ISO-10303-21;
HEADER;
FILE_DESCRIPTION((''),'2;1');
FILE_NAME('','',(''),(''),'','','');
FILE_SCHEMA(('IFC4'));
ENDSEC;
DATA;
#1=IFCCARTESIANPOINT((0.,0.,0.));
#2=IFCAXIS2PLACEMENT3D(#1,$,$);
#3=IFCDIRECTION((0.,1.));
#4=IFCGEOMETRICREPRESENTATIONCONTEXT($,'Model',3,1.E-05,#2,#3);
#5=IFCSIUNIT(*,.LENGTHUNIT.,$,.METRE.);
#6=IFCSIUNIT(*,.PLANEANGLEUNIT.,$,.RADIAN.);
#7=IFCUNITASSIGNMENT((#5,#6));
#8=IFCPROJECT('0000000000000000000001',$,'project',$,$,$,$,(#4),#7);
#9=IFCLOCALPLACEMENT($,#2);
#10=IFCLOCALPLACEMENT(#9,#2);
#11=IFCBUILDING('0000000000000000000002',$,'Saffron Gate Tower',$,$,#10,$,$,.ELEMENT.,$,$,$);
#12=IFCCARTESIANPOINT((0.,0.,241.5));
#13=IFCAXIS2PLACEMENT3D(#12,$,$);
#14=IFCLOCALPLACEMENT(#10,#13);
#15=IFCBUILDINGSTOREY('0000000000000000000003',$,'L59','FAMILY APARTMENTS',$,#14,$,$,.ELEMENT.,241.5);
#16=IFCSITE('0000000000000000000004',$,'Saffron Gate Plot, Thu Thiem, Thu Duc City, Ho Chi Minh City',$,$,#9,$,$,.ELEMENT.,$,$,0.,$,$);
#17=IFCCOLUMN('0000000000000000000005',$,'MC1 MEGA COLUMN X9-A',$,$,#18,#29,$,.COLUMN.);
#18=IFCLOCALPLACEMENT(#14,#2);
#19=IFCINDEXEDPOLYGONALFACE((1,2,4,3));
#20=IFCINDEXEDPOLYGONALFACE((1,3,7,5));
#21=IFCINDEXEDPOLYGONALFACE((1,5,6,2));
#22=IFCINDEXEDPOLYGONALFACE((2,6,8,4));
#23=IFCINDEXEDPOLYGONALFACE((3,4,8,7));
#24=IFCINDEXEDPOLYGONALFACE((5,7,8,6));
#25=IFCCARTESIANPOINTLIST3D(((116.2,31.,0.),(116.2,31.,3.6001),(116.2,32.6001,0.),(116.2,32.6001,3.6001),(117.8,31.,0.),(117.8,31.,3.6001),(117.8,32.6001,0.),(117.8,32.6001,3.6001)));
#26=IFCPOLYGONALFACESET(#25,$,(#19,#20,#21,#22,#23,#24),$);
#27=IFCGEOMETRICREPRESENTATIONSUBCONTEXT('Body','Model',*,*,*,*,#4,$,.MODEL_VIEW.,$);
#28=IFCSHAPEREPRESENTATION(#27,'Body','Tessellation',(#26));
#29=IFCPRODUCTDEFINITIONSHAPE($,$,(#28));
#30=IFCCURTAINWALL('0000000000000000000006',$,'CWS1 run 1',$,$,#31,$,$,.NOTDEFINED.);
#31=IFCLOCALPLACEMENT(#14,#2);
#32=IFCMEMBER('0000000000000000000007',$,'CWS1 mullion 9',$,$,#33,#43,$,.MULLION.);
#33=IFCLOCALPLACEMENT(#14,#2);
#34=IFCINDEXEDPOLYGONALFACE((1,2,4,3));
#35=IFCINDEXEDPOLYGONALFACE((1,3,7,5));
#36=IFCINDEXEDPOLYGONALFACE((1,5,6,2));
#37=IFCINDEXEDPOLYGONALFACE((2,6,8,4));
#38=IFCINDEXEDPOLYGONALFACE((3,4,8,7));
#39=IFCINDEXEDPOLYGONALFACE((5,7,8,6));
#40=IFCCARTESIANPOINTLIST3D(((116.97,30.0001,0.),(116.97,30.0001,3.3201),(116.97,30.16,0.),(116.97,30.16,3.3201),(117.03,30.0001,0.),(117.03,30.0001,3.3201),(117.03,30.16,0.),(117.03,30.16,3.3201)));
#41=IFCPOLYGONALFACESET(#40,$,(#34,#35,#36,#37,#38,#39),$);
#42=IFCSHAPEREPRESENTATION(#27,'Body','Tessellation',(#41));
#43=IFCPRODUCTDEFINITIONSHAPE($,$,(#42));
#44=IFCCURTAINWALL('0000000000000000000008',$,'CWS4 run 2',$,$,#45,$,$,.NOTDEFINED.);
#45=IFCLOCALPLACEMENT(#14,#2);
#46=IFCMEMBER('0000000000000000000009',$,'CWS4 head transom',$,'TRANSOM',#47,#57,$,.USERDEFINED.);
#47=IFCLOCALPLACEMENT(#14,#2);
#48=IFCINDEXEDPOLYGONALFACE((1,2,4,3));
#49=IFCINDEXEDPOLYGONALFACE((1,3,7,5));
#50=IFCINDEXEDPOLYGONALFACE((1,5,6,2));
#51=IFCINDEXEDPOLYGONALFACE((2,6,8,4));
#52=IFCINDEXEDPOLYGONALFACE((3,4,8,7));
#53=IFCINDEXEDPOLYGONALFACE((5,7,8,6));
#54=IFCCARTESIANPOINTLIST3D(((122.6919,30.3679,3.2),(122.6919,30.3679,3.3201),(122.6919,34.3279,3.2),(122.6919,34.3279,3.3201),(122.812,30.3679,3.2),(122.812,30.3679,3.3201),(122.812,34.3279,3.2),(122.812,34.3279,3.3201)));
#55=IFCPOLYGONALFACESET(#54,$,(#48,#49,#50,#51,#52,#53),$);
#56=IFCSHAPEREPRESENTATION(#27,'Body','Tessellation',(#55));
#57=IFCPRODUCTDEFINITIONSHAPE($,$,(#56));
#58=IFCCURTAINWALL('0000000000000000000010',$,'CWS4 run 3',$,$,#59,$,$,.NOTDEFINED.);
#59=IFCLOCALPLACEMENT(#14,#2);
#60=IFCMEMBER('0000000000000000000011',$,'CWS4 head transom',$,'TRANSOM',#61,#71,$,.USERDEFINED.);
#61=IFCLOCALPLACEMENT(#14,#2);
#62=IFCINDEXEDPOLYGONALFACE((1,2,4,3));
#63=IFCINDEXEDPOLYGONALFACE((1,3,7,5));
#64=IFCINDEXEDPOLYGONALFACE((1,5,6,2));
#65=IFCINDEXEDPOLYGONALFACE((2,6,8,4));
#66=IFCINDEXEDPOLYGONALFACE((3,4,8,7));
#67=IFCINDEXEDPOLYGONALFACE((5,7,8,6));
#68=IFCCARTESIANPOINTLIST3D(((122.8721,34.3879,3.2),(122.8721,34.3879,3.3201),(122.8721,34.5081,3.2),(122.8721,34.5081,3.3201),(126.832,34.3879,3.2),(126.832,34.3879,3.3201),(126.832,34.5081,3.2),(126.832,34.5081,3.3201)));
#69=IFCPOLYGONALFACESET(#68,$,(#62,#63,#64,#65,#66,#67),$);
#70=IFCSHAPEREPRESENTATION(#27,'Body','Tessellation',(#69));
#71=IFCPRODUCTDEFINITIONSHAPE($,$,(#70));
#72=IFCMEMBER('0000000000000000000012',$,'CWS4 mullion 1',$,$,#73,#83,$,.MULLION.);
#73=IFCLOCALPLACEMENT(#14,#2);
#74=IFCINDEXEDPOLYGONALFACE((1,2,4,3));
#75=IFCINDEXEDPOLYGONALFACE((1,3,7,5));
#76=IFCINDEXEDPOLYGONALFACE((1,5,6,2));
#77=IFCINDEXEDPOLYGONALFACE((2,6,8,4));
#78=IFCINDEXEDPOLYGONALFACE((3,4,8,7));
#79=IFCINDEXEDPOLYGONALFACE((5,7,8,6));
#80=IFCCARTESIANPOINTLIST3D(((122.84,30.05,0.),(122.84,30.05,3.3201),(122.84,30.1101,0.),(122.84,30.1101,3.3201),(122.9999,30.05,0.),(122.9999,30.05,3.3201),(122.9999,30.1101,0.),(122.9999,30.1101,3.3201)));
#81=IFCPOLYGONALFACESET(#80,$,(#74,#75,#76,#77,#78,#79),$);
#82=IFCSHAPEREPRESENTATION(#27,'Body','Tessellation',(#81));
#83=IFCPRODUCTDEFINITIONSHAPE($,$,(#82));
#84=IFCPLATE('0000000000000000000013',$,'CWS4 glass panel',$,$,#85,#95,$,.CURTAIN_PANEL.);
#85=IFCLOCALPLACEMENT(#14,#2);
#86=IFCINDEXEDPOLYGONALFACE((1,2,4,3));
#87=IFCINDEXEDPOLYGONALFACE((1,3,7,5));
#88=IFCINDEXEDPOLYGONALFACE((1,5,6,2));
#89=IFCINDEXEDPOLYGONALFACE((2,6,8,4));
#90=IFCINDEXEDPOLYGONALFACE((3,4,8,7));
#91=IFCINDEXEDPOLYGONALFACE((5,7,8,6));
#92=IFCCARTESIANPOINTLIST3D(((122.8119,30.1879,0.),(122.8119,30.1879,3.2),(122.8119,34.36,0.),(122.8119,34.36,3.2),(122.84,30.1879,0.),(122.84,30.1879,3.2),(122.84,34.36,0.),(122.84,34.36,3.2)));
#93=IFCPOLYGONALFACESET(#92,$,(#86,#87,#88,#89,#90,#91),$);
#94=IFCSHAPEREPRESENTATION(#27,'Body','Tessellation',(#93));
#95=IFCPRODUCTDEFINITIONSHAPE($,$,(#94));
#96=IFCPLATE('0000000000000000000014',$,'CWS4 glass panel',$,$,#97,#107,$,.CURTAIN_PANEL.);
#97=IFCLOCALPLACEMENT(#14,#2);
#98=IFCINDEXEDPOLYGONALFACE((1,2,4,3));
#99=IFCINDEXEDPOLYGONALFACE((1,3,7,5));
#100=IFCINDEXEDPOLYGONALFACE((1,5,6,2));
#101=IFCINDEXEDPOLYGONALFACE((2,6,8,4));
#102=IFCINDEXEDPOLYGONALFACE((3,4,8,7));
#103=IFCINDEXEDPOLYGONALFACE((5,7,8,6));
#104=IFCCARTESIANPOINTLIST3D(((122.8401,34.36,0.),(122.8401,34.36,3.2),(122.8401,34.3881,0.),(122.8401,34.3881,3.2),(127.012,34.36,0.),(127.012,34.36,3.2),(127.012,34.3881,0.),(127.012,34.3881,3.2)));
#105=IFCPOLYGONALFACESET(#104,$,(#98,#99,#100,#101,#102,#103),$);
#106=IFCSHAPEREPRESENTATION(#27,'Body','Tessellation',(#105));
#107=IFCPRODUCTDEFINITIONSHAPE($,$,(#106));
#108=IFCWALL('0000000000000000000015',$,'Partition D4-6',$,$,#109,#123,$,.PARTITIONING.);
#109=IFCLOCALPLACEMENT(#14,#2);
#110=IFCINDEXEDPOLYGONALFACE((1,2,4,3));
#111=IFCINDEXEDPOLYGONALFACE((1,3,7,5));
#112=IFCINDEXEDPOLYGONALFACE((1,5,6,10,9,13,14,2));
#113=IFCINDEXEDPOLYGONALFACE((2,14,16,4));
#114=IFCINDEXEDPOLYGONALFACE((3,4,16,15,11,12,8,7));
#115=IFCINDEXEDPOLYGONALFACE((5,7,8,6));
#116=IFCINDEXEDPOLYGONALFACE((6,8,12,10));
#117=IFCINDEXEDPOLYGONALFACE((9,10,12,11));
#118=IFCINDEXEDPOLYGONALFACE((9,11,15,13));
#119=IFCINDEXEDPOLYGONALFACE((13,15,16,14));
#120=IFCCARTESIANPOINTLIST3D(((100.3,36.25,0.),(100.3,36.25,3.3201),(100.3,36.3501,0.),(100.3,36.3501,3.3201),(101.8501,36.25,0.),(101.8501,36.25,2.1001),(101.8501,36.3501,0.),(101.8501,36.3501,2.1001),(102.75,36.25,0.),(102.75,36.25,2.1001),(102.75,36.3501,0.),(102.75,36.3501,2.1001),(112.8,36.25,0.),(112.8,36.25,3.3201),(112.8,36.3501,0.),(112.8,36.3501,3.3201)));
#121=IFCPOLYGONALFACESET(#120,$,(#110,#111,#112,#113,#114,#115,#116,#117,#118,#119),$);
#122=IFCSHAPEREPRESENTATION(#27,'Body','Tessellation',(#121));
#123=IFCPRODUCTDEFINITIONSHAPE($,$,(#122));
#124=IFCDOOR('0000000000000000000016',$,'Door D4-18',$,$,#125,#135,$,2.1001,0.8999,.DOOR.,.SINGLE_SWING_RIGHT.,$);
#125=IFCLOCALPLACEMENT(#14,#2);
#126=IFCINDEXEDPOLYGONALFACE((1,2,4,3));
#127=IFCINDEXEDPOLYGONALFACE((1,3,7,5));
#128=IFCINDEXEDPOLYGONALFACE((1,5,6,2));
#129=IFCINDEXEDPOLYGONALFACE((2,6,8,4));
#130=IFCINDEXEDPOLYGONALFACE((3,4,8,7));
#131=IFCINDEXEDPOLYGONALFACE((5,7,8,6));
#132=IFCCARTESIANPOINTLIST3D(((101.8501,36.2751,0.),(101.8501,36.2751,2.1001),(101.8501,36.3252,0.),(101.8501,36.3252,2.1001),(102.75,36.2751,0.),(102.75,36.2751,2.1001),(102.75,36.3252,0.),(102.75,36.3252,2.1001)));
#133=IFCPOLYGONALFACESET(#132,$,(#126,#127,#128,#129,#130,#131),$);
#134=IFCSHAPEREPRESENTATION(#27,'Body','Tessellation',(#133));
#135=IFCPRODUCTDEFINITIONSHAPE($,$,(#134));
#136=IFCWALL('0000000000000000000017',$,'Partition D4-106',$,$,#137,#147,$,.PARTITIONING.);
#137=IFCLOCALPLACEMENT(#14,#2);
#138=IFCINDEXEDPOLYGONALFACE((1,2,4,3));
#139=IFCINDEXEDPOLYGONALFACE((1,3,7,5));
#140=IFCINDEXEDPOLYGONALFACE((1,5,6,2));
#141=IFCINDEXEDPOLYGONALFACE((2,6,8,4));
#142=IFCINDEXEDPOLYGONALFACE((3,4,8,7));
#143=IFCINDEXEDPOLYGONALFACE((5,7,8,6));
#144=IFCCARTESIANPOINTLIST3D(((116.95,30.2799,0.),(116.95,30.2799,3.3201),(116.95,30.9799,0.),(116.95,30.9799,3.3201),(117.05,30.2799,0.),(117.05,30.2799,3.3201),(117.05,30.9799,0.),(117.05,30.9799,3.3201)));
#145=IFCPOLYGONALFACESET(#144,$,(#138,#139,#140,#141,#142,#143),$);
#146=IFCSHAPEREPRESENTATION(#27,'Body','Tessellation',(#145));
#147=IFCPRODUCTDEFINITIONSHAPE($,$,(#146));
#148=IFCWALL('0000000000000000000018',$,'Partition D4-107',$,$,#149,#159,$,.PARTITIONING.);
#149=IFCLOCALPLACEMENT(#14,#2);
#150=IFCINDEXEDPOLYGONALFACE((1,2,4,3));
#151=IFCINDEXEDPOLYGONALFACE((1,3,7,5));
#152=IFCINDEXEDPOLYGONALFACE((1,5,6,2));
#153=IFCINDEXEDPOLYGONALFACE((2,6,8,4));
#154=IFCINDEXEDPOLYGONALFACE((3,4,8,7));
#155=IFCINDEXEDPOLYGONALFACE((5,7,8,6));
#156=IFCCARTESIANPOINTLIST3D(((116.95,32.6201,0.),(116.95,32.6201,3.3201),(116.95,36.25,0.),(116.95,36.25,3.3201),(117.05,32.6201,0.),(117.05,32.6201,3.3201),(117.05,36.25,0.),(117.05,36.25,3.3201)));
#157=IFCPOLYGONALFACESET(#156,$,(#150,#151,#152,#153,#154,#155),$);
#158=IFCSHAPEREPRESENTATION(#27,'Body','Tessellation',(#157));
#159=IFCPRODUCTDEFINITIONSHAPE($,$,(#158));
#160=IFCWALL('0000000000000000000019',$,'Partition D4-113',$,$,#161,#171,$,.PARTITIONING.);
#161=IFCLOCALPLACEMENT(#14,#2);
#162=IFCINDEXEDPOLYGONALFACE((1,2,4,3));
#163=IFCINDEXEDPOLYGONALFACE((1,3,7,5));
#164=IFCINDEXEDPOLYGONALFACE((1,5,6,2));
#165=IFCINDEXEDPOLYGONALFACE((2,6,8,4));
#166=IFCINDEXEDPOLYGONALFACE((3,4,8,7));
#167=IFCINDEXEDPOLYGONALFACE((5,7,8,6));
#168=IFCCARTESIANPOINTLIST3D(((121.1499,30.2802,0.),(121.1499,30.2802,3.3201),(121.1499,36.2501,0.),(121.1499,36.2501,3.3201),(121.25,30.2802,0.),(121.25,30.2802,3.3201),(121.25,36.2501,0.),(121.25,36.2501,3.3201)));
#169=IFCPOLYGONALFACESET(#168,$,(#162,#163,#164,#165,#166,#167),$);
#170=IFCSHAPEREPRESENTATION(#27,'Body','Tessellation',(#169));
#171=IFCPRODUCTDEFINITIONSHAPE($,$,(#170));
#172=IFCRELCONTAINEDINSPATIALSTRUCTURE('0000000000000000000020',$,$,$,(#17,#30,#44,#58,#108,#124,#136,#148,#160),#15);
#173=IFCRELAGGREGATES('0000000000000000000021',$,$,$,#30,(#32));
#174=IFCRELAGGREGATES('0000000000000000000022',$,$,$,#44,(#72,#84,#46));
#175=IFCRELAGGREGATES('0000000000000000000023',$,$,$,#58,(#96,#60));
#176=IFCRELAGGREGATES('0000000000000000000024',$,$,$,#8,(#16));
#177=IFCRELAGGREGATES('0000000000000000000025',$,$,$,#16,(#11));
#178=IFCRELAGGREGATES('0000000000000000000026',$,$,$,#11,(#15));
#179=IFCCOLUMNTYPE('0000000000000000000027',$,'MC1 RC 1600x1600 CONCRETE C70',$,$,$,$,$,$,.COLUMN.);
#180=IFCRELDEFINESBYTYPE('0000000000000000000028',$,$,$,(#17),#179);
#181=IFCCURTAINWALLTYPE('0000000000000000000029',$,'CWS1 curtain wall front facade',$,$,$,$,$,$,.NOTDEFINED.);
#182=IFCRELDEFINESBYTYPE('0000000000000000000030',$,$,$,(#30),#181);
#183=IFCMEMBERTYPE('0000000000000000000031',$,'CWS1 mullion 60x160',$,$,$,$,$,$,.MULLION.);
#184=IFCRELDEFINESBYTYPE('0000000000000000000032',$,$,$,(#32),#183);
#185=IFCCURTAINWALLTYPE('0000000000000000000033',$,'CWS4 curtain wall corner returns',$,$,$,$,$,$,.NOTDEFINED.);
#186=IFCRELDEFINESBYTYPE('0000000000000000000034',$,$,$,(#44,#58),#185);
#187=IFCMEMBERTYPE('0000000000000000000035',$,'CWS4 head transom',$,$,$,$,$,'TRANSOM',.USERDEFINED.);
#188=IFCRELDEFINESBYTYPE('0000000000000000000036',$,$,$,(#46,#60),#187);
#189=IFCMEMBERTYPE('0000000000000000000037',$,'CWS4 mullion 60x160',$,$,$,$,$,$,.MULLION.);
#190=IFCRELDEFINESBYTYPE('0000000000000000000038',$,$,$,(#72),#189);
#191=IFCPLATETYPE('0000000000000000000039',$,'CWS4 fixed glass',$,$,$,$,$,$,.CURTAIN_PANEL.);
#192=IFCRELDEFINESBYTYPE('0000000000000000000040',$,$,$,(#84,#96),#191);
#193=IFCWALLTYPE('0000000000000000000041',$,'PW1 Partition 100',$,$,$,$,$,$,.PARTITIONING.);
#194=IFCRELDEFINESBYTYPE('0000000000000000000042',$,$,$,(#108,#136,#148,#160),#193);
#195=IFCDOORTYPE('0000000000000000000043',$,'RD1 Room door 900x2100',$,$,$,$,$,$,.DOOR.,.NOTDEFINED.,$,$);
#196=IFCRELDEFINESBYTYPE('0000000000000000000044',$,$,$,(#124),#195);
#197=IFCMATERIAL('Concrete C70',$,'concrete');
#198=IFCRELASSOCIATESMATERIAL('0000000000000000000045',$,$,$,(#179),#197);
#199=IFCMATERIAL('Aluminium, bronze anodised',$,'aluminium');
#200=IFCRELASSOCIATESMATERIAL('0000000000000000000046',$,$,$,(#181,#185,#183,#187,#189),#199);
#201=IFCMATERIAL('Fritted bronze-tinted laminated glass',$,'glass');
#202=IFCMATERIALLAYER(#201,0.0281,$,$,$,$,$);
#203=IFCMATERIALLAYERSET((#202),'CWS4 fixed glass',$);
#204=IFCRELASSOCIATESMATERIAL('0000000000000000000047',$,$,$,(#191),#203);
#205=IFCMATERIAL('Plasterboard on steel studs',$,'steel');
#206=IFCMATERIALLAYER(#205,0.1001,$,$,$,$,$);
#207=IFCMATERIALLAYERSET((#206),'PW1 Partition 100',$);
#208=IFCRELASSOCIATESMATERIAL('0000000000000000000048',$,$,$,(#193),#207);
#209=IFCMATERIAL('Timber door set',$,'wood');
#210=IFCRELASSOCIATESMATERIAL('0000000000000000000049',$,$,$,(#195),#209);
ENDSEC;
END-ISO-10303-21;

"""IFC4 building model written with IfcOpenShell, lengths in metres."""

from ifc_helpers import new_model, si_unit, direction, frame, frame_2d, origin, origin_2d, place, context, subcontext, project, spatial, rectangle, extrude, material, layer, layer_set, material_profile, profile_set, type_object, element, fill, aggregate, save


model = new_model("IFC4")

# Units and contexts
model_context = context("Model", 3, precision=1e-05, world=origin(), true_north=direction((0.0, 1.0)))
body_context = subcontext(model_context, "Body", "Model", "MODEL_VIEW")
ifc_project = project(units=[si_unit("LENGTHUNIT", "METRE"), si_unit("PLANEANGLEUNIT", "RADIAN")], contexts=[model_context])

# Site, building, storey
site_placement = place(None, origin())
site = spatial("IfcSite", under=ifc_project, at=site_placement, Name="Saffron Gate Plot, Thu Thiem, Thu Duc City, Ho Chi Minh City", CompositionType="ELEMENT", RefElevation=0.0)
building_placement = place(site_placement, origin())
building = spatial("IfcBuilding", under=site, at=building_placement, Name="Saffron Gate Tower", CompositionType="ELEMENT")
storey_placement = place(building_placement, frame((0.0, 0.0, 241.5)))
storey = spatial("IfcBuildingStorey", under=building, at=storey_placement, Name="L59", Description="FAMILY APARTMENTS", CompositionType="ELEMENT", Elevation=241.5)

# Column
ifc_material_1 = material(Name="Concrete C70", Category="concrete")
ifc_material_profile_1 = material_profile(ifc_material_1, rectangle(XDim=1.6001, YDim=1.6001, at=origin_2d()))
ifc_profile_set_1 = profile_set([ifc_material_profile_1], Name="Concrete C70")
column_type = type_object("IfcColumnType", Name="MC1 RC 1600x1600 CONCRETE C70", PredefinedType="COLUMN", material=ifc_profile_set_1)
column_placement = place(storey_placement, frame((117.0, 31.8, 0.0), z_axis=(0.0, 0.0, 1.0), x_axis=(1.0, 0.0, 0.0)))
element("IfcColumn", 1, at=column_placement, inside=storey, type_object=column_type, Name="MC1 MEGA COLUMN X9-A", PredefinedType="COLUMN", context=body_context, shape_type="SweptSolid", body=[
    extrude(rectangle(XDim=1.6001, YDim=1.6001, at=origin_2d()), origin(), (0.0, 0.0, 1.0), 3.6001),
])

# Curtain walls, members
ifc_material_2 = material(Name="Aluminium, bronze anodised", Category="aluminium")
curtain_wall_type_1 = type_object("IfcCurtainWallType", Name="CWS1 curtain wall front facade", PredefinedType="NOTDEFINED", material=ifc_material_2)
curtain_wall_1_placement = place(storey_placement, origin())
curtain_wall_1 = element("IfcCurtainWall", 2, at=curtain_wall_1_placement, inside=storey, type_object=curtain_wall_type_1, Name="CWS1 run 1", PredefinedType="NOTDEFINED")
ifc_material_profile_2 = material_profile(ifc_material_2, rectangle(XDim=0.1599, YDim=0.0601, at=origin_2d()))
ifc_profile_set_2 = profile_set([ifc_material_profile_2], Name="Aluminium, bronze anodised")
member_type_1 = type_object("IfcMemberType", Name="CWS1 mullion 60x160", PredefinedType="MULLION", material=ifc_profile_set_2)
member_1_placement = place(storey_placement, frame((117.0, 30.0801, 0.0), z_axis=(0.0, 0.0, 1.0), x_axis=(0.0, 1.0, 0.0)))
member_1 = element("IfcMember", 3, at=member_1_placement, type_object=member_type_1, Name="CWS1 mullion 9", PredefinedType="MULLION", context=body_context, shape_type="SweptSolid", body=[
    extrude(rectangle(XDim=0.1599, YDim=0.0601, at=origin_2d()), origin(), (0.0, 0.0, 1.0), 3.3201),
])
aggregate(curtain_wall_1, [member_1])
curtain_wall_type_2 = type_object("IfcCurtainWallType", Name="CWS4 curtain wall corner returns", PredefinedType="NOTDEFINED", material=ifc_material_2)
curtain_wall_2_placement = place(storey_placement, origin())
curtain_wall_2 = element("IfcCurtainWall", 4, at=curtain_wall_2_placement, inside=storey, type_object=curtain_wall_type_2, Name="CWS4 run 2", PredefinedType="NOTDEFINED")
ifc_material_profile_3 = material_profile(ifc_material_2, rectangle(XDim=0.1201, YDim=0.1201, at=origin_2d()))
ifc_profile_set_3 = profile_set([ifc_material_profile_3], Name="Aluminium, bronze anodised")
member_type_2 = type_object("IfcMemberType", Name="CWS4 head transom", ElementType="TRANSOM", PredefinedType="USERDEFINED", material=ifc_profile_set_3)
member_2_placement = place(storey_placement, frame((122.752, 30.3679, 3.26), z_axis=(0.0, 1.0, 0.0), x_axis=(-1.0, 0.0, 0.0)))
member_2 = element("IfcMember", 5, at=member_2_placement, type_object=member_type_2, Name="CWS4 head transom", ObjectType="TRANSOM", PredefinedType="USERDEFINED", context=body_context, shape_type="SweptSolid", body=[
    extrude(rectangle(XDim=0.1201, YDim=0.1201, at=origin_2d()), origin(), (0.0, 0.0, 1.0), 3.96),
])
curtain_wall_3_placement = place(storey_placement, origin())
curtain_wall_3 = element("IfcCurtainWall", 6, at=curtain_wall_3_placement, inside=storey, type_object=curtain_wall_type_2, Name="CWS4 run 3", PredefinedType="NOTDEFINED")
member_3_placement = place(storey_placement, frame((122.8721, 34.448, 3.26), z_axis=(1.0, 0.0, 0.0), x_axis=(0.0, 1.0, 0.0)))
member_3 = element("IfcMember", 7, at=member_3_placement, type_object=member_type_2, Name="CWS4 head transom", ObjectType="TRANSOM", PredefinedType="USERDEFINED", context=body_context, shape_type="SweptSolid", body=[
    extrude(rectangle(XDim=0.1201, YDim=0.1201, at=origin_2d()), origin(), (0.0, 0.0, 1.0), 3.96),
])

# Member
ifc_material_profile_4 = material_profile(ifc_material_2, rectangle(XDim=0.1599, YDim=0.0601, at=origin_2d()))
ifc_profile_set_4 = profile_set([ifc_material_profile_4], Name="Aluminium, bronze anodised")
member_type_3 = type_object("IfcMemberType", Name="CWS4 mullion 60x160", PredefinedType="MULLION", material=ifc_profile_set_4)
member_4_placement = place(storey_placement, frame((122.9199, 30.0801, 0.0), z_axis=(0.0, 0.0, 1.0), x_axis=(-1.0, 0.0, 0.0)))
member_4 = element("IfcMember", 8, at=member_4_placement, type_object=member_type_3, Name="CWS4 mullion 1", PredefinedType="MULLION", context=body_context, shape_type="SweptSolid", body=[
    extrude(rectangle(XDim=0.1599, YDim=0.0601, at=origin_2d()), origin(), (0.0, 0.0, 1.0), 3.3201),
])

# Plates
ifc_material_3 = material(Name="Fritted bronze-tinted laminated glass", Category="glass")
ifc_layer_1 = layer(ifc_material_3, 0.0281)
ifc_layer_set_1 = layer_set([ifc_layer_1], Name="CWS4 fixed glass")
plate_type = type_object("IfcPlateType", Name="CWS4 fixed glass", PredefinedType="CURTAIN_PANEL", material=ifc_layer_set_1)
plate_1_placement = place(storey_placement, frame((122.8259, 30.188, 0.0), z_axis=(0.0, 0.0, 1.0), x_axis=(0.0, 1.0, 0.0)))
plate_1 = element("IfcPlate", 9, at=plate_1_placement, type_object=plate_type, Name="CWS4 glass panel", PredefinedType="CURTAIN_PANEL", context=body_context, shape_type="SweptSolid", body=[
    extrude(rectangle(XDim=4.1721, YDim=0.0281, at=frame_2d((2.0859, 0.0))), origin(), (0.0, 0.0, 1.0), 3.2),
])
aggregate(curtain_wall_2, [member_4, plate_1, member_2])
plate_2_placement = place(storey_placement, frame((122.8401, 34.374, 0.0), z_axis=(0.0, 0.0, 1.0), x_axis=(1.0, 0.0, 0.0)))
plate_2 = element("IfcPlate", 10, at=plate_2_placement, type_object=plate_type, Name="CWS4 glass panel", PredefinedType="CURTAIN_PANEL", context=body_context, shape_type="SweptSolid", body=[
    extrude(rectangle(XDim=4.1719, YDim=0.0281, at=frame_2d((2.0859, 0.0))), origin(), (0.0, 0.0, 1.0), 3.2),
])
aggregate(curtain_wall_3, [plate_2, member_3])

# Wall, opening, door
ifc_material_4 = material(Name="Plasterboard on steel studs", Category="steel")
ifc_layer_2 = layer(ifc_material_4, 0.1001)
ifc_layer_set_2 = layer_set([ifc_layer_2], Name="PW1 Partition 100")
wall_type = type_object("IfcWallType", Name="PW1 Partition 100", PredefinedType="PARTITIONING", material=ifc_layer_set_2)
wall_1_placement = place(storey_placement, frame((112.8, 36.3, 0.0), z_axis=(0.0, 0.0, 1.0), x_axis=(-1.0, 0.0, 0.0)))
wall_1 = element("IfcWall", 11, at=wall_1_placement, inside=storey, type_object=wall_type, Name="Partition D4-6", PredefinedType="PARTITIONING", context=body_context, shape_type="SweptSolid", body=[
    extrude(rectangle(XDim=12.5, YDim=0.1001, at=frame_2d((6.25, 0.0))), origin(), (0.0, 0.0, 1.0), 3.3201),
])
opening_placement = place(wall_1_placement, frame((10.05, 0.0, 0.0)))
opening = element("IfcOpeningElement", 12, at=opening_placement, cuts=wall_1, PredefinedType="OPENING", context=body_context, shape_type="SweptSolid", body=[
    extrude(rectangle(XDim=0.8999, YDim=2.1001, at=frame_2d((0.45, 1.05))), frame((0.0, 0.0601, 0.0), z_axis=(0.0, -1.0, 0.0), x_axis=(1.0, 0.0, 0.0)), (0.0, 0.0, 1.0), 0.1201),
])
ifc_material_5 = material(Name="Timber door set", Category="wood")
door_type = type_object("IfcDoorType", Name="RD1 Room door 900x2100", OperationType="NOTDEFINED", PredefinedType="DOOR", material=ifc_material_5)
door_placement = place(opening_placement, origin())
door = element("IfcDoor", 13, at=door_placement, inside=storey, type_object=door_type, Name="Door D4-18", OperationType="SINGLE_SWING_RIGHT", OverallHeight=2.1001, OverallWidth=0.8999, PredefinedType="DOOR", context=body_context, shape_type="SweptSolid", body=[
    extrude(rectangle(XDim=0.8999, YDim=2.1001, at=frame_2d((0.45, 1.05))), frame((0.0, 0.0249, 0.0), z_axis=(0.0, -1.0, 0.0), x_axis=(1.0, 0.0, 0.0)), (0.0, 0.0, 1.0), 0.05),
])
fill(opening, door)

# Walls
wall_2_placement = place(storey_placement, frame((117.0, 30.98, 0.0), z_axis=(0.0, 0.0, 1.0), x_axis=(0.0, -1.0, 0.0)))
element("IfcWall", 14, at=wall_2_placement, inside=storey, type_object=wall_type, Name="Partition D4-106", PredefinedType="PARTITIONING", context=body_context, shape_type="SweptSolid", body=[
    extrude(rectangle(XDim=0.7, YDim=0.1001, at=frame_2d((0.3501, 0.0))), origin(), (0.0, 0.0, 1.0), 3.3201),
])
wall_3_placement = place(storey_placement, frame((117.0, 36.25, 0.0), z_axis=(0.0, 0.0, 1.0), x_axis=(0.0, -1.0, 0.0)))
element("IfcWall", 15, at=wall_3_placement, inside=storey, type_object=wall_type, Name="Partition D4-107", PredefinedType="PARTITIONING", context=body_context, shape_type="SweptSolid", body=[
    extrude(rectangle(XDim=3.6299, YDim=0.1001, at=frame_2d((1.8149, 0.0))), origin(), (0.0, 0.0, 1.0), 3.3201),
])
wall_4_placement = place(storey_placement, frame((121.2, 36.25, 0.0), z_axis=(0.0, 0.0, 1.0), x_axis=(0.0, -1.0, 0.0)))
element("IfcWall", 16, at=wall_4_placement, inside=storey, type_object=wall_type, Name="Partition D4-113", PredefinedType="PARTITIONING", context=body_context, shape_type="SweptSolid", body=[
    extrude(rectangle(XDim=5.97, YDim=0.1001, at=frame_2d((2.9849, 0.0))), origin(), (0.0, 0.0, 1.0), 3.3201),
])

save(model, "model.ifc")
